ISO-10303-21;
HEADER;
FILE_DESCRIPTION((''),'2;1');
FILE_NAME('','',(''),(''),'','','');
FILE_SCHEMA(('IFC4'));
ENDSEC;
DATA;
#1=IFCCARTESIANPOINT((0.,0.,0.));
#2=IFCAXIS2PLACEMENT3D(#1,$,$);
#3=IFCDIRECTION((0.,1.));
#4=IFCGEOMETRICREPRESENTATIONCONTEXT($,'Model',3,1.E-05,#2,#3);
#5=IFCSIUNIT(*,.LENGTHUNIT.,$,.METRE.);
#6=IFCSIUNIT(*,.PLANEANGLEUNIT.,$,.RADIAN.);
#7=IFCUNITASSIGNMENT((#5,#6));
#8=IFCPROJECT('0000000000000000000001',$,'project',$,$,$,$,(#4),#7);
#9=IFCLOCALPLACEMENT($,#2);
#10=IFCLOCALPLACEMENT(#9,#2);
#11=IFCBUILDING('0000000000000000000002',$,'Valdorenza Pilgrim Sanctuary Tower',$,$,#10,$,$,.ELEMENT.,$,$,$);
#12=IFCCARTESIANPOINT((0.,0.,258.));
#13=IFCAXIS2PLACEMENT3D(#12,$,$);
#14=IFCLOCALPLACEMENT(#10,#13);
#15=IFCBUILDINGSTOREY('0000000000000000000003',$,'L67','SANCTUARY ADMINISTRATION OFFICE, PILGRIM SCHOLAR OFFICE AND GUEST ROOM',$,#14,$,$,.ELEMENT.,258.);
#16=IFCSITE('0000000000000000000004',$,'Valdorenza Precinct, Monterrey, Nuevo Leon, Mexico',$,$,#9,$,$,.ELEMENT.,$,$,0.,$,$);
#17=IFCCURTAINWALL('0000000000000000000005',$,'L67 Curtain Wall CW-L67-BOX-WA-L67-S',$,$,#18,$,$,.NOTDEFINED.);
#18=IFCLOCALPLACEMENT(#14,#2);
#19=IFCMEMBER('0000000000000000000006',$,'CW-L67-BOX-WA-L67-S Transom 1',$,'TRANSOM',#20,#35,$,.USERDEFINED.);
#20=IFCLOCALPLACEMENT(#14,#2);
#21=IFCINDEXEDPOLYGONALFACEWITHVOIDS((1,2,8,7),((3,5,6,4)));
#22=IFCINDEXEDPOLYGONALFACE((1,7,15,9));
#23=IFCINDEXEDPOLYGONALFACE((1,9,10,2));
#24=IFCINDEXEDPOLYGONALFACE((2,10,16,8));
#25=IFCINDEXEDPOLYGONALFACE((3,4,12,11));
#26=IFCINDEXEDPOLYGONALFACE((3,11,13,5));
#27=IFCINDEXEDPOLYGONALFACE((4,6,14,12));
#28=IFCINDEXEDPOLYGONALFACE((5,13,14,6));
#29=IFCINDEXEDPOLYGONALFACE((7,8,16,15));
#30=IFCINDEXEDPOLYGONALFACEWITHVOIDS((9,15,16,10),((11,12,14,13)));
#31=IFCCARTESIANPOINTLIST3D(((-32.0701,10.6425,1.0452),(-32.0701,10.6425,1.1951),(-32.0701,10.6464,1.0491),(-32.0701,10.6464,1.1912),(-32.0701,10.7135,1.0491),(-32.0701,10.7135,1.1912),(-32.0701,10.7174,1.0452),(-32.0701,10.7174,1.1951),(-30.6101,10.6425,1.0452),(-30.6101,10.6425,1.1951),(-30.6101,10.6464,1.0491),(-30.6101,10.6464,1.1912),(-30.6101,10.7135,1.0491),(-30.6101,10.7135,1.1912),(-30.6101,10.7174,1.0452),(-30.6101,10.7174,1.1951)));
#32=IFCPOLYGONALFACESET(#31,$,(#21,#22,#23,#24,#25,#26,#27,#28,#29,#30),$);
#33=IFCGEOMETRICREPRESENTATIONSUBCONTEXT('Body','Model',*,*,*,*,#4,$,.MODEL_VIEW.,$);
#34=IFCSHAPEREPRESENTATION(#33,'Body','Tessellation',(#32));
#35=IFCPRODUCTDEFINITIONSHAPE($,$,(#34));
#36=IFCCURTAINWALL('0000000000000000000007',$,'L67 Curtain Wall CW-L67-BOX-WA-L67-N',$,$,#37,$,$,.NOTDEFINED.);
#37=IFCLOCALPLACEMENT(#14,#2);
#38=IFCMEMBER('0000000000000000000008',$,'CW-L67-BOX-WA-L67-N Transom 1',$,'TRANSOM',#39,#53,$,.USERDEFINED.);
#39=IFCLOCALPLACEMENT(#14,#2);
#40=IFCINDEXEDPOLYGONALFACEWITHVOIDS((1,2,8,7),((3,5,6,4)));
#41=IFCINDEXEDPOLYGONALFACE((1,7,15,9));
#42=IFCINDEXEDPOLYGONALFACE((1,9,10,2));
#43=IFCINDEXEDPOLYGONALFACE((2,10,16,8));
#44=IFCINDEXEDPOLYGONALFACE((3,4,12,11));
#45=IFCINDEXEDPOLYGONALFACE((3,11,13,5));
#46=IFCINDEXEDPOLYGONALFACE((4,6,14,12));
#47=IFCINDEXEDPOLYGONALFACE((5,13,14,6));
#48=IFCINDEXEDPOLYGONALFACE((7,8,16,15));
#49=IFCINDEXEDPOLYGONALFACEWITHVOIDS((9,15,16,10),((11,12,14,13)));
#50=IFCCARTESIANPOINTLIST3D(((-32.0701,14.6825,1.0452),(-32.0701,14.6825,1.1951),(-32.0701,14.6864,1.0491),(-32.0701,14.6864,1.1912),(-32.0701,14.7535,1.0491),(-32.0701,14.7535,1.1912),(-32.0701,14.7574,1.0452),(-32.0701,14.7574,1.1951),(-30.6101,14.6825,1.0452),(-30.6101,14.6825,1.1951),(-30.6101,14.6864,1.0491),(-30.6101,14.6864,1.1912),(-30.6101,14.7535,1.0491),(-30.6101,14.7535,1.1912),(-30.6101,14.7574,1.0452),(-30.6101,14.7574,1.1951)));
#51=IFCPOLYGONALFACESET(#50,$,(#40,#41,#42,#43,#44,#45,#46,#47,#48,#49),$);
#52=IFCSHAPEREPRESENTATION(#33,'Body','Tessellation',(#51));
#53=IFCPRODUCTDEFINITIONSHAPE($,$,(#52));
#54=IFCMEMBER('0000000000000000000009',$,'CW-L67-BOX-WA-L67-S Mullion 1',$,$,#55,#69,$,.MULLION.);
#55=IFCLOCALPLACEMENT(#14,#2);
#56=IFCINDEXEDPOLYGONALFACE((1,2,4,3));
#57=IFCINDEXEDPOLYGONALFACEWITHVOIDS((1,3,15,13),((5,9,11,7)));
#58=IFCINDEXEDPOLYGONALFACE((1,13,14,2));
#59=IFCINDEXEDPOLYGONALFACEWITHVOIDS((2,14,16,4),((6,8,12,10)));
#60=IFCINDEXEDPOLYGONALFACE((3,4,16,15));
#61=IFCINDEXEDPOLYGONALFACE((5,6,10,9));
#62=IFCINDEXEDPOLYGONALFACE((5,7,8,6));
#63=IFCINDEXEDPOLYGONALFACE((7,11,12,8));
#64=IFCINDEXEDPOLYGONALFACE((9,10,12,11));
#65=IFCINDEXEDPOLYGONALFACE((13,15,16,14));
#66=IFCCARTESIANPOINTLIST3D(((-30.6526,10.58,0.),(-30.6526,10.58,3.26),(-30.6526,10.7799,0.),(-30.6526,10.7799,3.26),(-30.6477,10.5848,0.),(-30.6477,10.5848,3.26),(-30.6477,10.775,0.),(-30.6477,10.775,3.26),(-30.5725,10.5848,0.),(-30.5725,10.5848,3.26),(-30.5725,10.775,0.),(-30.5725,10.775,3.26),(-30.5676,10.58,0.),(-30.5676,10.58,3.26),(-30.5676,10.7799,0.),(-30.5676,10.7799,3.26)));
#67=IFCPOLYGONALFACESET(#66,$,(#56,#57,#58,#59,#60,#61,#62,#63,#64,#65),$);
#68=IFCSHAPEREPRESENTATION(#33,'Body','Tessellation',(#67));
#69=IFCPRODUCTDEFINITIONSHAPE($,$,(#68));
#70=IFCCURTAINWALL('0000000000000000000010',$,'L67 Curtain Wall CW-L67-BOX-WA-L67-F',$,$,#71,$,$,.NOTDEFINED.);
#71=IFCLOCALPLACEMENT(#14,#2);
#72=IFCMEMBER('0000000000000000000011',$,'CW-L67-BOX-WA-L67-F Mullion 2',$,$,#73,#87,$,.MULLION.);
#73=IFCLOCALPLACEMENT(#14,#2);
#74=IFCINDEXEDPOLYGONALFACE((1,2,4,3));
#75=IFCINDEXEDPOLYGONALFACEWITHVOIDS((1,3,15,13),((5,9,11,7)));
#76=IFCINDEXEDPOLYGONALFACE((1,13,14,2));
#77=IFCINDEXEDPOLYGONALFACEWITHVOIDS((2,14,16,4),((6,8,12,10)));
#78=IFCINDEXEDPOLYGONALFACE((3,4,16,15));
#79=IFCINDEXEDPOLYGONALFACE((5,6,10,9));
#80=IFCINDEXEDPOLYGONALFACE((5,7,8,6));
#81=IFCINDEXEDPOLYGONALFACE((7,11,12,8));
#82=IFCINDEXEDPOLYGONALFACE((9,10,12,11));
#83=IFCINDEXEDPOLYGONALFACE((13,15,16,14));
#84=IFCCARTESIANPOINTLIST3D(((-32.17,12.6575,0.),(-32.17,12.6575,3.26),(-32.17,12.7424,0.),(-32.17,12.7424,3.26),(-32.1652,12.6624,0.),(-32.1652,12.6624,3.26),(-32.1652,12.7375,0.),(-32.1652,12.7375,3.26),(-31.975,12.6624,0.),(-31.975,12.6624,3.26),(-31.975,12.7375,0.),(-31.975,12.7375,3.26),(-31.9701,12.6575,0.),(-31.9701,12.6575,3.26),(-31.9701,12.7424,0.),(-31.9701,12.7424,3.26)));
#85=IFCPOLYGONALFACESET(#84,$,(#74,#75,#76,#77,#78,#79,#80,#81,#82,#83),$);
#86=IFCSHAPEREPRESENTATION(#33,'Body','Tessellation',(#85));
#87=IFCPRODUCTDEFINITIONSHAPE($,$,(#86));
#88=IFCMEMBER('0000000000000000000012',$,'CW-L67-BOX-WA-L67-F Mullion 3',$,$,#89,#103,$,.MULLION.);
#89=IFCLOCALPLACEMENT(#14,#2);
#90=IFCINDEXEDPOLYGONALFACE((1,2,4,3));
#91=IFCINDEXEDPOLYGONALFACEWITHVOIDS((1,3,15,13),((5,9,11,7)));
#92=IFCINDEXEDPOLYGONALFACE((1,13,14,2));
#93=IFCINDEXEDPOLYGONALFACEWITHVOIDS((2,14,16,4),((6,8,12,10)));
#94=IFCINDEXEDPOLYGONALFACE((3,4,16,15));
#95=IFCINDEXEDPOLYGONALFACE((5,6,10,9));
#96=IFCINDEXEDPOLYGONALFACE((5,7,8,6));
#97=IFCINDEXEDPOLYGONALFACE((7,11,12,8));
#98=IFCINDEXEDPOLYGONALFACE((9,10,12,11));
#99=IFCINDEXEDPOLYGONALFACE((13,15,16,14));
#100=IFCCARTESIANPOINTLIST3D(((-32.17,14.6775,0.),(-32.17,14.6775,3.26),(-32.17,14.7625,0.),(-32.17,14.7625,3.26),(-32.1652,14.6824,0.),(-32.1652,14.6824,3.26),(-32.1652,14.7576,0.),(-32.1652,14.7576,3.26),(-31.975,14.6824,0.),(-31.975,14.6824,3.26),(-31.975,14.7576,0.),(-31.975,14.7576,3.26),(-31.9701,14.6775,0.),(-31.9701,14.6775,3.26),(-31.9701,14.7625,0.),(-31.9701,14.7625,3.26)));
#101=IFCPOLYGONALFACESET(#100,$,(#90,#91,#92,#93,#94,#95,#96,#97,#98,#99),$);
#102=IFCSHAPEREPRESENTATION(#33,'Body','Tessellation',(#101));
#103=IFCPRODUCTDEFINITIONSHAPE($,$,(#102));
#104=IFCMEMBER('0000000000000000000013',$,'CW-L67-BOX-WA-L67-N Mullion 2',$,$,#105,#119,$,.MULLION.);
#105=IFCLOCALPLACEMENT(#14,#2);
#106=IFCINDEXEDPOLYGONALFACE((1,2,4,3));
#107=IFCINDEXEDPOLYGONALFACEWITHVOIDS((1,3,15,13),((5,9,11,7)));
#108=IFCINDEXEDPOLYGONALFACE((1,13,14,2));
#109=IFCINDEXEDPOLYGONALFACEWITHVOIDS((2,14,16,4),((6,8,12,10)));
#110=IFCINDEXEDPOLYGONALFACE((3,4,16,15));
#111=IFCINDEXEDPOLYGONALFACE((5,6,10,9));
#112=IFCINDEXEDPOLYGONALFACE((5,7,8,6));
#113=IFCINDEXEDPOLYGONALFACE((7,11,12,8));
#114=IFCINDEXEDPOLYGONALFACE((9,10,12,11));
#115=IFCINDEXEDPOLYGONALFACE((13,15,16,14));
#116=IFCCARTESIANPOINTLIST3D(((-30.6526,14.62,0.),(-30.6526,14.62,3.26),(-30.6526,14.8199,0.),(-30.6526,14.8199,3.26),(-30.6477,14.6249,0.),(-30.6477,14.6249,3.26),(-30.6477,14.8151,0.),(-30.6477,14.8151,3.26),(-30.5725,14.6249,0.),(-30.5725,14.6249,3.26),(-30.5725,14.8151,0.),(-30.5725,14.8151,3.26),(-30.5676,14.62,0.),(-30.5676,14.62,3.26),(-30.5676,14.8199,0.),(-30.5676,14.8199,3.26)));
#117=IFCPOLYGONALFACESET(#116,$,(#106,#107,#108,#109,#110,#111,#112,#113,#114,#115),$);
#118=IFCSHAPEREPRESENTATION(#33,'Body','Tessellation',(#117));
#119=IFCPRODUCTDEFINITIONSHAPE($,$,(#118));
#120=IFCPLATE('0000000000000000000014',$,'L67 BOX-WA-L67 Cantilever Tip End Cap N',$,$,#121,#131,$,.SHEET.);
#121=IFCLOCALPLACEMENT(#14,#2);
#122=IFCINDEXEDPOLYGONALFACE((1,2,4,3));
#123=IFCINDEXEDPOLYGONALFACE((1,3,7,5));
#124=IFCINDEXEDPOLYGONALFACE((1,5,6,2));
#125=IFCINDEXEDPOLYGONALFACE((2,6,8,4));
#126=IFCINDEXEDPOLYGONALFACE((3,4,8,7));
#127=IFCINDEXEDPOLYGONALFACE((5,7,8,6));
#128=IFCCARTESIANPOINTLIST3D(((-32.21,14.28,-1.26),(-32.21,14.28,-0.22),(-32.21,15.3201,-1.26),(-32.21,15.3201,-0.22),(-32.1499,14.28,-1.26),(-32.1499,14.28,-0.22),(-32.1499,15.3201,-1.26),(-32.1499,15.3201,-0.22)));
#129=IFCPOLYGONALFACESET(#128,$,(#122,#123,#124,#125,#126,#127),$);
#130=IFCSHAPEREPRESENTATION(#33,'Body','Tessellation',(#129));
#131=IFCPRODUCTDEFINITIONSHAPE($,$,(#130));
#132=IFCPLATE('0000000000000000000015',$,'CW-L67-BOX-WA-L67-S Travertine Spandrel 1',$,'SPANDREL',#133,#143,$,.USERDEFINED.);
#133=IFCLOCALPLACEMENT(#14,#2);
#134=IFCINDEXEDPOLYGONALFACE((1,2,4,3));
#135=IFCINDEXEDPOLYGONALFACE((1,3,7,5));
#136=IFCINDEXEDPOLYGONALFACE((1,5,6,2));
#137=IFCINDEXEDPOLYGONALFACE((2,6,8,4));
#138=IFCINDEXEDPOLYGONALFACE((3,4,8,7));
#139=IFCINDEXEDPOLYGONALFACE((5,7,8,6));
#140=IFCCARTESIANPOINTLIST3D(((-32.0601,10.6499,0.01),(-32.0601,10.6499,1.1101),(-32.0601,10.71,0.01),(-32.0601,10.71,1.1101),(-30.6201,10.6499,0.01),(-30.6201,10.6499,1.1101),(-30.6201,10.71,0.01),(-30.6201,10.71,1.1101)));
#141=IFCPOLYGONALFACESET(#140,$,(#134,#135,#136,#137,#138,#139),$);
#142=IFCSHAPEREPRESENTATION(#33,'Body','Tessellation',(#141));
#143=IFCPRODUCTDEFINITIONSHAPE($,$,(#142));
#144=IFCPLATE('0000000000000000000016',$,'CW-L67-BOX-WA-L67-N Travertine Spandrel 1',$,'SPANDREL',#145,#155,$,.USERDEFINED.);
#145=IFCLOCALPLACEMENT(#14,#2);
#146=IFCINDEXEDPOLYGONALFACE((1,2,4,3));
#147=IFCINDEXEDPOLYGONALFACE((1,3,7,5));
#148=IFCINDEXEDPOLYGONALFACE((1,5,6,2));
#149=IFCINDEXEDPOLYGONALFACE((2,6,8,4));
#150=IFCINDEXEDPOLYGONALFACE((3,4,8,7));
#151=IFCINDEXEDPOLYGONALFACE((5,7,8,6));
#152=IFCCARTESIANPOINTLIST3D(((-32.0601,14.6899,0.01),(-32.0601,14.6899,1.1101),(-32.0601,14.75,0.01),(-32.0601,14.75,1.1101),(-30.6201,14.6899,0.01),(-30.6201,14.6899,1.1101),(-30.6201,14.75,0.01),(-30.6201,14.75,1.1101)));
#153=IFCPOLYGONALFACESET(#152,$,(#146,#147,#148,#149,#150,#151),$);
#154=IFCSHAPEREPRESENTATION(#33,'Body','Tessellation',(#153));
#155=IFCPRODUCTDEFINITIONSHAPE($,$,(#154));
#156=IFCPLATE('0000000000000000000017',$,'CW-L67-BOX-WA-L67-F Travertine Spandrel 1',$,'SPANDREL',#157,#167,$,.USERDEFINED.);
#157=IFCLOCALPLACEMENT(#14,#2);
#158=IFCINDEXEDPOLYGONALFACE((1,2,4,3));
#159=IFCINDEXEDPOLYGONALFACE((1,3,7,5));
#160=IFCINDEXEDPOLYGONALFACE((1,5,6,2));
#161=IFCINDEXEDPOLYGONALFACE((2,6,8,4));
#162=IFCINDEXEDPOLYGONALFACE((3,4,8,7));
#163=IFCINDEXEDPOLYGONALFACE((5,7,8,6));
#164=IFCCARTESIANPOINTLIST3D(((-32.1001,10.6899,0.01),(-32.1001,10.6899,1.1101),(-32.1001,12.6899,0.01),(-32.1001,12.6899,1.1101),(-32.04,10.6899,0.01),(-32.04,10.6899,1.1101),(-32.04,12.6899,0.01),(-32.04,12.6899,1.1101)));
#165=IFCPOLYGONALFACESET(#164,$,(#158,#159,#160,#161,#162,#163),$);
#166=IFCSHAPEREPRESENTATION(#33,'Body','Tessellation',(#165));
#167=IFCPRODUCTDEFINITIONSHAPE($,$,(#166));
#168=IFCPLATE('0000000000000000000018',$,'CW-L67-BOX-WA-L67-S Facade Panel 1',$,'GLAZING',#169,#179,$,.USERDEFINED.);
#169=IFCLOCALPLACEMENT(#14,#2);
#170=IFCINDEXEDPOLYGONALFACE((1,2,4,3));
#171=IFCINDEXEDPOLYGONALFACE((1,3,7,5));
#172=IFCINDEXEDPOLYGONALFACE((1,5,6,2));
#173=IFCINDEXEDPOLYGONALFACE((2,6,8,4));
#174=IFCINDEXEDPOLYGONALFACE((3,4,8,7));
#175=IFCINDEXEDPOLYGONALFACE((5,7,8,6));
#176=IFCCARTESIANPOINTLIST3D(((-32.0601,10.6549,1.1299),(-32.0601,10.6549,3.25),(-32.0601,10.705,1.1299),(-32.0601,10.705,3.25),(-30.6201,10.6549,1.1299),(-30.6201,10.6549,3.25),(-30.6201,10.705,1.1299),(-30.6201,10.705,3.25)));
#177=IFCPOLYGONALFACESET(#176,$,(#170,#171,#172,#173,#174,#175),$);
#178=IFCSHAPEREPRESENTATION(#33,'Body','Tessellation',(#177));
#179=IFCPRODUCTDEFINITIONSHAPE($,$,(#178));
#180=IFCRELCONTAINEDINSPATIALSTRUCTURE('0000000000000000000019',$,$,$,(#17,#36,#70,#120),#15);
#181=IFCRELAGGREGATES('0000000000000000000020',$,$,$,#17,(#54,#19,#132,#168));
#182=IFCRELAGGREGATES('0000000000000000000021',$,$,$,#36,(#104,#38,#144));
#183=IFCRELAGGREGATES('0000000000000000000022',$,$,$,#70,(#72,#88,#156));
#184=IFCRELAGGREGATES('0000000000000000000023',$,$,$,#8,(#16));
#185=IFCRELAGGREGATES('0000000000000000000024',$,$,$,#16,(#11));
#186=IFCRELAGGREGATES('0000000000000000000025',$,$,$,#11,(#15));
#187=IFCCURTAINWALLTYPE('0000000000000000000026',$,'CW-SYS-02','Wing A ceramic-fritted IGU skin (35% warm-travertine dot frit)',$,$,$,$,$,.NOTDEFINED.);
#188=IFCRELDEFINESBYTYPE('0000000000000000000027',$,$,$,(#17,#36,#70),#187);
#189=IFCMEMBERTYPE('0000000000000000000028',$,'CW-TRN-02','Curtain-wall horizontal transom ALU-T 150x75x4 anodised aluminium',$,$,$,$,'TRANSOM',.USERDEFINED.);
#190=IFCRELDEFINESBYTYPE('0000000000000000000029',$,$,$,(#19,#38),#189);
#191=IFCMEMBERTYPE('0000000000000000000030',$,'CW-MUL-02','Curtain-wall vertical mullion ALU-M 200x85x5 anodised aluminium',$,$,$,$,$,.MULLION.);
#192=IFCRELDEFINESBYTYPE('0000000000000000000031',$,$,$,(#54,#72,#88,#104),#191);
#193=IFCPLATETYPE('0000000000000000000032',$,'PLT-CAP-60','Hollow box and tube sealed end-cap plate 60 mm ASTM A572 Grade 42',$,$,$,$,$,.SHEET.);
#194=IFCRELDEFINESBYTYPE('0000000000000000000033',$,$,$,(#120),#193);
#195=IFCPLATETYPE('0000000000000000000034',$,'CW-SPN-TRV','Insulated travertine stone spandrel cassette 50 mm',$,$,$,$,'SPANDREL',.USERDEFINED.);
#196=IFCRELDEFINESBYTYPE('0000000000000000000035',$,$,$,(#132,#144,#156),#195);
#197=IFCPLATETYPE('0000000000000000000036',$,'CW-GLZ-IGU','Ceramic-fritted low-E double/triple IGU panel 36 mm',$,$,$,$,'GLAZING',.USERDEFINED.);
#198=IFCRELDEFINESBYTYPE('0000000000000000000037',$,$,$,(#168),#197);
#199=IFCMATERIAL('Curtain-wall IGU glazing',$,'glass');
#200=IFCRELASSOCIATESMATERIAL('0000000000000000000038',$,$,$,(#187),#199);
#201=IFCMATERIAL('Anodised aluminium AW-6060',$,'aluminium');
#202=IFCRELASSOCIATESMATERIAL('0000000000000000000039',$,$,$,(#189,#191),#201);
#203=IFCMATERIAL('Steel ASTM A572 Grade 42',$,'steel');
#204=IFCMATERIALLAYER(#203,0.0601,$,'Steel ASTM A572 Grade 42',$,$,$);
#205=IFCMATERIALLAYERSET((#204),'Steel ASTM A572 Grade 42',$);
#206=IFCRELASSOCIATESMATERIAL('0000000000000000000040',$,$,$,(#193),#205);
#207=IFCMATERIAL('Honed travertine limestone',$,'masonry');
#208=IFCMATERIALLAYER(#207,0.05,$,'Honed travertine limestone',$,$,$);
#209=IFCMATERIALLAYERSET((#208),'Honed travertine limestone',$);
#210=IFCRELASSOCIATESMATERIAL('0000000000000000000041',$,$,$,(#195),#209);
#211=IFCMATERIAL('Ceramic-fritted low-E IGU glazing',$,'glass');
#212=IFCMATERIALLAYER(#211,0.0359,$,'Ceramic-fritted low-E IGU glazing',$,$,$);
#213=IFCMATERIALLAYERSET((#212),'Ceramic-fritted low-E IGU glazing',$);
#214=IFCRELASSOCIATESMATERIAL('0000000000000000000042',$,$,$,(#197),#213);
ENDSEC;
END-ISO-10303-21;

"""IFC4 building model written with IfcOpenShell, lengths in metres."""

from ifc_helpers import new_model, si_unit, direction, frame, origin, origin_2d, place, context, subcontext, project, spatial, rectangle, hollow_rectangle, extrude, source, transform, mapped, material, layer, layer_set, material_profile, profile_set, type_object, element, aggregate, save


model = new_model("IFC4")

# Units and contexts
model_context = context("Model", 3, precision=1e-05, world=origin(), true_north=direction((0.0, 1.0)))
body_context = subcontext(model_context, "Body", "Model", "MODEL_VIEW")
ifc_project = project(units=[si_unit("LENGTHUNIT", "METRE"), si_unit("PLANEANGLEUNIT", "RADIAN")], contexts=[model_context])

# Site, building, storey
site_placement = place(None, origin())
site = spatial("IfcSite", under=ifc_project, at=site_placement, Name="Valdorenza Precinct, Monterrey, Nuevo Leon, Mexico", CompositionType="ELEMENT", RefElevation=0.0)
building_placement = place(site_placement, origin())
building = spatial("IfcBuilding", under=site, at=building_placement, Name="Valdorenza Pilgrim Sanctuary Tower", CompositionType="ELEMENT")
storey_placement = place(building_placement, frame((0.0, 0.0, 258.0)))
storey = spatial("IfcBuildingStorey", under=building, at=storey_placement, Name="L67", Description="SANCTUARY ADMINISTRATION OFFICE, PILGRIM SCHOLAR OFFICE AND GUEST ROOM", CompositionType="ELEMENT", Elevation=258.0)

# Curtain walls, members
ifc_material_1 = material(Name="Curtain-wall IGU glazing", Category="glass")
curtain_wall_type = type_object("IfcCurtainWallType", Name="CW-SYS-02", Description="Wing A ceramic-fritted IGU skin (35% warm-travertine dot frit)", PredefinedType="NOTDEFINED", material=ifc_material_1)
curtain_wall_1_placement = place(storey_placement, origin())
curtain_wall_1 = element("IfcCurtainWall", 1, at=curtain_wall_1_placement, inside=storey, type_object=curtain_wall_type, Name="L67 Curtain Wall CW-L67-BOX-WA-L67-S", PredefinedType="NOTDEFINED")
ifc_material_2 = material(Name="Anodised aluminium AW-6060", Category="aluminium")
ifc_material_profile_1 = material_profile(ifc_material_2, hollow_rectangle(XDim=0.075, YDim=0.1499, WallThickness=0.0039, at=origin_2d()), Name="ALU-T 150x75x4")
ifc_profile_set_1 = profile_set([ifc_material_profile_1], Name="Anodised aluminium AW-6060")
member_type_1 = type_object("IfcMemberType", Name="CW-TRN-02", Description="Curtain-wall horizontal transom ALU-T 150x75x4 anodised aluminium", ElementType="TRANSOM", PredefinedType="USERDEFINED", material=ifc_profile_set_1)
shared_shape_1 = source(origin(), body_context, "Body", "SweptSolid", [
    extrude(hollow_rectangle(XDim=0.075, YDim=0.1499, WallThickness=0.0039, at=origin_2d()), origin(), (0.0, 0.0, 1.0), 1.46),
])
member_1_placement = place(storey_placement, frame((-30.6101, 10.6799, 1.1201), z_axis=(-1.0, 0.0, 0.0), x_axis=(0.0, -1.0, 0.0)))
member_1 = element("IfcMember", 2, at=member_1_placement, type_object=member_type_1, Name="CW-L67-BOX-WA-L67-S Transom 1", ObjectType="TRANSOM", PredefinedType="USERDEFINED", context=body_context, shape_type="MappedRepresentation", body=[
    mapped(shared_shape_1, transform((0.0, 0.0, 0.0), x_axis=(1.0, 0.0, 0.0), y_axis=(0.0, 1.0, 0.0), z_axis=(0.0, 0.0, 1.0), scale=1.0)),
])
curtain_wall_2_placement = place(storey_placement, origin())
curtain_wall_2 = element("IfcCurtainWall", 3, at=curtain_wall_2_placement, inside=storey, type_object=curtain_wall_type, Name="L67 Curtain Wall CW-L67-BOX-WA-L67-N", PredefinedType="NOTDEFINED")
member_2_placement = place(storey_placement, frame((-32.0701, 14.72, 1.1201), z_axis=(1.0, 0.0, 0.0), x_axis=(0.0, 1.0, 0.0)))
member_2 = element("IfcMember", 4, at=member_2_placement, type_object=member_type_1, Name="CW-L67-BOX-WA-L67-N Transom 1", ObjectType="TRANSOM", PredefinedType="USERDEFINED", context=body_context, shape_type="MappedRepresentation", body=[
    mapped(shared_shape_1, transform((0.0, 0.0, 0.0), x_axis=(1.0, 0.0, 0.0), y_axis=(0.0, 1.0, 0.0), z_axis=(0.0, 0.0, 1.0), scale=1.0)),
])

# Member
ifc_material_profile_2 = material_profile(ifc_material_2, hollow_rectangle(XDim=0.085, YDim=0.2, WallThickness=0.0049, at=origin_2d()), Name="ALU-M 200x85x5")
ifc_profile_set_2 = profile_set([ifc_material_profile_2], Name="Anodised aluminium AW-6060")
member_type_2 = type_object("IfcMemberType", Name="CW-MUL-02", Description="Curtain-wall vertical mullion ALU-M 200x85x5 anodised aluminium", PredefinedType="MULLION", material=ifc_profile_set_2)
shared_shape_2 = source(origin(), body_context, "Body", "SweptSolid", [
    extrude(hollow_rectangle(XDim=0.085, YDim=0.2, WallThickness=0.0049, at=origin_2d()), origin(), (0.0, 0.0, 1.0), 3.26),
])
member_3_placement = place(storey_placement, frame((-30.6101, 10.6799, 0.0), z_axis=(0.0, 0.0, 1.0), x_axis=(-1.0, 0.0, 0.0)))
member_3 = element("IfcMember", 5, at=member_3_placement, type_object=member_type_2, Name="CW-L67-BOX-WA-L67-S Mullion 1", PredefinedType="MULLION", context=body_context, shape_type="MappedRepresentation", body=[
    mapped(shared_shape_2, transform((0.0, 0.0, 0.0), x_axis=(1.0, 0.0, 0.0), y_axis=(0.0, 1.0, 0.0), z_axis=(0.0, 0.0, 1.0), scale=1.0)),
])

# Curtain wall, members
curtain_wall_3_placement = place(storey_placement, origin())
curtain_wall_3 = element("IfcCurtainWall", 6, at=curtain_wall_3_placement, inside=storey, type_object=curtain_wall_type, Name="L67 Curtain Wall CW-L67-BOX-WA-L67-F", PredefinedType="NOTDEFINED")
member_4_placement = place(storey_placement, frame((-32.0701, 12.7, 0.0), z_axis=(0.0, 0.0, 1.0), x_axis=(0.0, 1.0, 0.0)))
member_4 = element("IfcMember", 7, at=member_4_placement, type_object=member_type_2, Name="CW-L67-BOX-WA-L67-F Mullion 2", PredefinedType="MULLION", context=body_context, shape_type="MappedRepresentation", body=[
    mapped(shared_shape_2, transform((0.0, 0.0, 0.0), x_axis=(1.0, 0.0, 0.0), y_axis=(0.0, 1.0, 0.0), z_axis=(0.0, 0.0, 1.0), scale=1.0)),
])
member_5_placement = place(storey_placement, frame((-32.0701, 14.72, 0.0), z_axis=(0.0, 0.0, 1.0), x_axis=(0.0, 1.0, 0.0)))
member_5 = element("IfcMember", 8, at=member_5_placement, type_object=member_type_2, Name="CW-L67-BOX-WA-L67-F Mullion 3", PredefinedType="MULLION", context=body_context, shape_type="MappedRepresentation", body=[
    mapped(shared_shape_2, transform((0.0, 0.0, 0.0), x_axis=(1.0, 0.0, 0.0), y_axis=(0.0, 1.0, 0.0), z_axis=(0.0, 0.0, 1.0), scale=1.0)),
])

# Member
member_6_placement = place(storey_placement, frame((-30.6101, 14.72, 0.0), z_axis=(0.0, 0.0, 1.0), x_axis=(1.0, 0.0, 0.0)))
member_6 = element("IfcMember", 9, at=member_6_placement, type_object=member_type_2, Name="CW-L67-BOX-WA-L67-N Mullion 2", PredefinedType="MULLION", context=body_context, shape_type="MappedRepresentation", body=[
    mapped(shared_shape_2, transform((0.0, 0.0, 0.0), x_axis=(1.0, 0.0, 0.0), y_axis=(0.0, 1.0, 0.0), z_axis=(0.0, 0.0, 1.0), scale=1.0)),
])

# Plates
ifc_material_3 = material(Name="Steel ASTM A572 Grade 42", Category="steel")
ifc_layer_1 = layer(ifc_material_3, 0.0601, Name="Steel ASTM A572 Grade 42")
ifc_layer_set_1 = layer_set([ifc_layer_1], Name="Steel ASTM A572 Grade 42")
plate_type_1 = type_object("IfcPlateType", Name="PLT-CAP-60", Description="Hollow box and tube sealed end-cap plate 60 mm ASTM A572 Grade 42", PredefinedType="SHEET", material=ifc_layer_set_1)
shared_shape_3 = source(origin(), body_context, "Body", "SweptSolid", [
    extrude(rectangle(XDim=0.0601, YDim=1.04, at=origin_2d()), origin(), (0.0, 0.0, 1.0), 1.04),
])
plate_1_placement = place(storey_placement, frame((-32.1799, 14.8, -1.26), z_axis=(0.0, 0.0, 1.0), x_axis=(1.0, 0.0, 0.0)))
element("IfcPlate", 10, at=plate_1_placement, inside=storey, type_object=plate_type_1, Name="L67 BOX-WA-L67 Cantilever Tip End Cap N", PredefinedType="SHEET", context=body_context, shape_type="MappedRepresentation", body=[
    mapped(shared_shape_3, transform((0.0, 0.0, 0.0), x_axis=(1.0, 0.0, 0.0), y_axis=(0.0, 1.0, 0.0), z_axis=(0.0, 0.0, 1.0), scale=1.0)),
])
ifc_material_4 = material(Name="Honed travertine limestone", Category="masonry")
ifc_layer_2 = layer(ifc_material_4, 0.05, Name="Honed travertine limestone")
ifc_layer_set_2 = layer_set([ifc_layer_2], Name="Honed travertine limestone")
plate_type_2 = type_object("IfcPlateType", Name="CW-SPN-TRV", Description="Insulated travertine stone spandrel cassette 50 mm", ElementType="SPANDREL", PredefinedType="USERDEFINED", material=ifc_layer_set_2)
shared_shape_4 = source(origin(), body_context, "Body", "SweptSolid", [
    extrude(rectangle(XDim=1.4399, YDim=0.0601, at=origin_2d()), origin(), (0.0, 0.0, 1.0), 1.1001),
])
plate_2_placement = place(storey_placement, frame((-31.3401, 10.6799, 0.01), z_axis=(0.0, 0.0, 1.0), x_axis=(-1.0, 0.0, 0.0)))
plate_2 = element("IfcPlate", 11, at=plate_2_placement, type_object=plate_type_2, Name="CW-L67-BOX-WA-L67-S Travertine Spandrel 1", ObjectType="SPANDREL", PredefinedType="USERDEFINED", context=body_context, shape_type="MappedRepresentation", body=[
    mapped(shared_shape_4, transform((0.0, 0.0, 0.0), x_axis=(1.0, 0.0, 0.0), y_axis=(0.0, 1.0, 0.0), z_axis=(0.0, 0.0, 1.0), scale=1.0)),
])
plate_3_placement = place(storey_placement, frame((-31.3401, 14.72, 0.01), z_axis=(0.0, 0.0, 1.0), x_axis=(1.0, 0.0, 0.0)))
plate_3 = element("IfcPlate", 12, at=plate_3_placement, type_object=plate_type_2, Name="CW-L67-BOX-WA-L67-N Travertine Spandrel 1", ObjectType="SPANDREL", PredefinedType="USERDEFINED", context=body_context, shape_type="MappedRepresentation", body=[
    mapped(shared_shape_4, transform((0.0, 0.0, 0.0), x_axis=(1.0, 0.0, 0.0), y_axis=(0.0, 1.0, 0.0), z_axis=(0.0, 0.0, 1.0), scale=1.0)),
])
shared_shape_5 = source(origin(), body_context, "Body", "SweptSolid", [
    extrude(rectangle(XDim=2.0, YDim=0.0601, at=origin_2d()), origin(), (0.0, 0.0, 1.0), 1.1001),
])
plate_4_placement = place(storey_placement, frame((-32.0701, 11.6899, 0.01), z_axis=(0.0, 0.0, 1.0), x_axis=(0.0, 1.0, 0.0)))
plate_4 = element("IfcPlate", 13, at=plate_4_placement, type_object=plate_type_2, Name="CW-L67-BOX-WA-L67-F Travertine Spandrel 1", ObjectType="SPANDREL", PredefinedType="USERDEFINED", context=body_context, shape_type="MappedRepresentation", body=[
    mapped(shared_shape_5, transform((0.0, 0.0, 0.0), x_axis=(1.0, 0.0, 0.0), y_axis=(0.0, 1.0, 0.0), z_axis=(0.0, 0.0, 1.0), scale=1.0)),
])
ifc_material_5 = material(Name="Ceramic-fritted low-E IGU glazing", Category="glass")
ifc_layer_3 = layer(ifc_material_5, 0.0359, Name="Ceramic-fritted low-E IGU glazing")
ifc_layer_set_3 = layer_set([ifc_layer_3], Name="Ceramic-fritted low-E IGU glazing")
plate_type_3 = type_object("IfcPlateType", Name="CW-GLZ-IGU", Description="Ceramic-fritted low-E double/triple IGU panel 36 mm", ElementType="GLAZING", PredefinedType="USERDEFINED", material=ifc_layer_set_3)
shared_shape_6 = source(origin(), body_context, "Body", "SweptSolid", [
    extrude(rectangle(XDim=1.4399, YDim=0.05, at=origin_2d()), origin(), (0.0, 0.0, 1.0), 2.1201),
])
plate_5_placement = place(storey_placement, frame((-31.3401, 10.6799, 1.1299), z_axis=(0.0, 0.0, 1.0), x_axis=(-1.0, 0.0, 0.0)))
plate_5 = element("IfcPlate", 14, at=plate_5_placement, type_object=plate_type_3, Name="CW-L67-BOX-WA-L67-S Facade Panel 1", ObjectType="GLAZING", PredefinedType="USERDEFINED", context=body_context, shape_type="MappedRepresentation", body=[
    mapped(shared_shape_6, transform((0.0, 0.0, 0.0), x_axis=(1.0, 0.0, 0.0), y_axis=(0.0, 1.0, 0.0), z_axis=(0.0, 0.0, 1.0), scale=1.0)),
])
aggregate(curtain_wall_1, [member_3, member_1, plate_2, plate_5])
aggregate(curtain_wall_2, [member_6, member_2, plate_3])
aggregate(curtain_wall_3, [member_4, member_5, plate_4])

save(model, "model.ifc")
